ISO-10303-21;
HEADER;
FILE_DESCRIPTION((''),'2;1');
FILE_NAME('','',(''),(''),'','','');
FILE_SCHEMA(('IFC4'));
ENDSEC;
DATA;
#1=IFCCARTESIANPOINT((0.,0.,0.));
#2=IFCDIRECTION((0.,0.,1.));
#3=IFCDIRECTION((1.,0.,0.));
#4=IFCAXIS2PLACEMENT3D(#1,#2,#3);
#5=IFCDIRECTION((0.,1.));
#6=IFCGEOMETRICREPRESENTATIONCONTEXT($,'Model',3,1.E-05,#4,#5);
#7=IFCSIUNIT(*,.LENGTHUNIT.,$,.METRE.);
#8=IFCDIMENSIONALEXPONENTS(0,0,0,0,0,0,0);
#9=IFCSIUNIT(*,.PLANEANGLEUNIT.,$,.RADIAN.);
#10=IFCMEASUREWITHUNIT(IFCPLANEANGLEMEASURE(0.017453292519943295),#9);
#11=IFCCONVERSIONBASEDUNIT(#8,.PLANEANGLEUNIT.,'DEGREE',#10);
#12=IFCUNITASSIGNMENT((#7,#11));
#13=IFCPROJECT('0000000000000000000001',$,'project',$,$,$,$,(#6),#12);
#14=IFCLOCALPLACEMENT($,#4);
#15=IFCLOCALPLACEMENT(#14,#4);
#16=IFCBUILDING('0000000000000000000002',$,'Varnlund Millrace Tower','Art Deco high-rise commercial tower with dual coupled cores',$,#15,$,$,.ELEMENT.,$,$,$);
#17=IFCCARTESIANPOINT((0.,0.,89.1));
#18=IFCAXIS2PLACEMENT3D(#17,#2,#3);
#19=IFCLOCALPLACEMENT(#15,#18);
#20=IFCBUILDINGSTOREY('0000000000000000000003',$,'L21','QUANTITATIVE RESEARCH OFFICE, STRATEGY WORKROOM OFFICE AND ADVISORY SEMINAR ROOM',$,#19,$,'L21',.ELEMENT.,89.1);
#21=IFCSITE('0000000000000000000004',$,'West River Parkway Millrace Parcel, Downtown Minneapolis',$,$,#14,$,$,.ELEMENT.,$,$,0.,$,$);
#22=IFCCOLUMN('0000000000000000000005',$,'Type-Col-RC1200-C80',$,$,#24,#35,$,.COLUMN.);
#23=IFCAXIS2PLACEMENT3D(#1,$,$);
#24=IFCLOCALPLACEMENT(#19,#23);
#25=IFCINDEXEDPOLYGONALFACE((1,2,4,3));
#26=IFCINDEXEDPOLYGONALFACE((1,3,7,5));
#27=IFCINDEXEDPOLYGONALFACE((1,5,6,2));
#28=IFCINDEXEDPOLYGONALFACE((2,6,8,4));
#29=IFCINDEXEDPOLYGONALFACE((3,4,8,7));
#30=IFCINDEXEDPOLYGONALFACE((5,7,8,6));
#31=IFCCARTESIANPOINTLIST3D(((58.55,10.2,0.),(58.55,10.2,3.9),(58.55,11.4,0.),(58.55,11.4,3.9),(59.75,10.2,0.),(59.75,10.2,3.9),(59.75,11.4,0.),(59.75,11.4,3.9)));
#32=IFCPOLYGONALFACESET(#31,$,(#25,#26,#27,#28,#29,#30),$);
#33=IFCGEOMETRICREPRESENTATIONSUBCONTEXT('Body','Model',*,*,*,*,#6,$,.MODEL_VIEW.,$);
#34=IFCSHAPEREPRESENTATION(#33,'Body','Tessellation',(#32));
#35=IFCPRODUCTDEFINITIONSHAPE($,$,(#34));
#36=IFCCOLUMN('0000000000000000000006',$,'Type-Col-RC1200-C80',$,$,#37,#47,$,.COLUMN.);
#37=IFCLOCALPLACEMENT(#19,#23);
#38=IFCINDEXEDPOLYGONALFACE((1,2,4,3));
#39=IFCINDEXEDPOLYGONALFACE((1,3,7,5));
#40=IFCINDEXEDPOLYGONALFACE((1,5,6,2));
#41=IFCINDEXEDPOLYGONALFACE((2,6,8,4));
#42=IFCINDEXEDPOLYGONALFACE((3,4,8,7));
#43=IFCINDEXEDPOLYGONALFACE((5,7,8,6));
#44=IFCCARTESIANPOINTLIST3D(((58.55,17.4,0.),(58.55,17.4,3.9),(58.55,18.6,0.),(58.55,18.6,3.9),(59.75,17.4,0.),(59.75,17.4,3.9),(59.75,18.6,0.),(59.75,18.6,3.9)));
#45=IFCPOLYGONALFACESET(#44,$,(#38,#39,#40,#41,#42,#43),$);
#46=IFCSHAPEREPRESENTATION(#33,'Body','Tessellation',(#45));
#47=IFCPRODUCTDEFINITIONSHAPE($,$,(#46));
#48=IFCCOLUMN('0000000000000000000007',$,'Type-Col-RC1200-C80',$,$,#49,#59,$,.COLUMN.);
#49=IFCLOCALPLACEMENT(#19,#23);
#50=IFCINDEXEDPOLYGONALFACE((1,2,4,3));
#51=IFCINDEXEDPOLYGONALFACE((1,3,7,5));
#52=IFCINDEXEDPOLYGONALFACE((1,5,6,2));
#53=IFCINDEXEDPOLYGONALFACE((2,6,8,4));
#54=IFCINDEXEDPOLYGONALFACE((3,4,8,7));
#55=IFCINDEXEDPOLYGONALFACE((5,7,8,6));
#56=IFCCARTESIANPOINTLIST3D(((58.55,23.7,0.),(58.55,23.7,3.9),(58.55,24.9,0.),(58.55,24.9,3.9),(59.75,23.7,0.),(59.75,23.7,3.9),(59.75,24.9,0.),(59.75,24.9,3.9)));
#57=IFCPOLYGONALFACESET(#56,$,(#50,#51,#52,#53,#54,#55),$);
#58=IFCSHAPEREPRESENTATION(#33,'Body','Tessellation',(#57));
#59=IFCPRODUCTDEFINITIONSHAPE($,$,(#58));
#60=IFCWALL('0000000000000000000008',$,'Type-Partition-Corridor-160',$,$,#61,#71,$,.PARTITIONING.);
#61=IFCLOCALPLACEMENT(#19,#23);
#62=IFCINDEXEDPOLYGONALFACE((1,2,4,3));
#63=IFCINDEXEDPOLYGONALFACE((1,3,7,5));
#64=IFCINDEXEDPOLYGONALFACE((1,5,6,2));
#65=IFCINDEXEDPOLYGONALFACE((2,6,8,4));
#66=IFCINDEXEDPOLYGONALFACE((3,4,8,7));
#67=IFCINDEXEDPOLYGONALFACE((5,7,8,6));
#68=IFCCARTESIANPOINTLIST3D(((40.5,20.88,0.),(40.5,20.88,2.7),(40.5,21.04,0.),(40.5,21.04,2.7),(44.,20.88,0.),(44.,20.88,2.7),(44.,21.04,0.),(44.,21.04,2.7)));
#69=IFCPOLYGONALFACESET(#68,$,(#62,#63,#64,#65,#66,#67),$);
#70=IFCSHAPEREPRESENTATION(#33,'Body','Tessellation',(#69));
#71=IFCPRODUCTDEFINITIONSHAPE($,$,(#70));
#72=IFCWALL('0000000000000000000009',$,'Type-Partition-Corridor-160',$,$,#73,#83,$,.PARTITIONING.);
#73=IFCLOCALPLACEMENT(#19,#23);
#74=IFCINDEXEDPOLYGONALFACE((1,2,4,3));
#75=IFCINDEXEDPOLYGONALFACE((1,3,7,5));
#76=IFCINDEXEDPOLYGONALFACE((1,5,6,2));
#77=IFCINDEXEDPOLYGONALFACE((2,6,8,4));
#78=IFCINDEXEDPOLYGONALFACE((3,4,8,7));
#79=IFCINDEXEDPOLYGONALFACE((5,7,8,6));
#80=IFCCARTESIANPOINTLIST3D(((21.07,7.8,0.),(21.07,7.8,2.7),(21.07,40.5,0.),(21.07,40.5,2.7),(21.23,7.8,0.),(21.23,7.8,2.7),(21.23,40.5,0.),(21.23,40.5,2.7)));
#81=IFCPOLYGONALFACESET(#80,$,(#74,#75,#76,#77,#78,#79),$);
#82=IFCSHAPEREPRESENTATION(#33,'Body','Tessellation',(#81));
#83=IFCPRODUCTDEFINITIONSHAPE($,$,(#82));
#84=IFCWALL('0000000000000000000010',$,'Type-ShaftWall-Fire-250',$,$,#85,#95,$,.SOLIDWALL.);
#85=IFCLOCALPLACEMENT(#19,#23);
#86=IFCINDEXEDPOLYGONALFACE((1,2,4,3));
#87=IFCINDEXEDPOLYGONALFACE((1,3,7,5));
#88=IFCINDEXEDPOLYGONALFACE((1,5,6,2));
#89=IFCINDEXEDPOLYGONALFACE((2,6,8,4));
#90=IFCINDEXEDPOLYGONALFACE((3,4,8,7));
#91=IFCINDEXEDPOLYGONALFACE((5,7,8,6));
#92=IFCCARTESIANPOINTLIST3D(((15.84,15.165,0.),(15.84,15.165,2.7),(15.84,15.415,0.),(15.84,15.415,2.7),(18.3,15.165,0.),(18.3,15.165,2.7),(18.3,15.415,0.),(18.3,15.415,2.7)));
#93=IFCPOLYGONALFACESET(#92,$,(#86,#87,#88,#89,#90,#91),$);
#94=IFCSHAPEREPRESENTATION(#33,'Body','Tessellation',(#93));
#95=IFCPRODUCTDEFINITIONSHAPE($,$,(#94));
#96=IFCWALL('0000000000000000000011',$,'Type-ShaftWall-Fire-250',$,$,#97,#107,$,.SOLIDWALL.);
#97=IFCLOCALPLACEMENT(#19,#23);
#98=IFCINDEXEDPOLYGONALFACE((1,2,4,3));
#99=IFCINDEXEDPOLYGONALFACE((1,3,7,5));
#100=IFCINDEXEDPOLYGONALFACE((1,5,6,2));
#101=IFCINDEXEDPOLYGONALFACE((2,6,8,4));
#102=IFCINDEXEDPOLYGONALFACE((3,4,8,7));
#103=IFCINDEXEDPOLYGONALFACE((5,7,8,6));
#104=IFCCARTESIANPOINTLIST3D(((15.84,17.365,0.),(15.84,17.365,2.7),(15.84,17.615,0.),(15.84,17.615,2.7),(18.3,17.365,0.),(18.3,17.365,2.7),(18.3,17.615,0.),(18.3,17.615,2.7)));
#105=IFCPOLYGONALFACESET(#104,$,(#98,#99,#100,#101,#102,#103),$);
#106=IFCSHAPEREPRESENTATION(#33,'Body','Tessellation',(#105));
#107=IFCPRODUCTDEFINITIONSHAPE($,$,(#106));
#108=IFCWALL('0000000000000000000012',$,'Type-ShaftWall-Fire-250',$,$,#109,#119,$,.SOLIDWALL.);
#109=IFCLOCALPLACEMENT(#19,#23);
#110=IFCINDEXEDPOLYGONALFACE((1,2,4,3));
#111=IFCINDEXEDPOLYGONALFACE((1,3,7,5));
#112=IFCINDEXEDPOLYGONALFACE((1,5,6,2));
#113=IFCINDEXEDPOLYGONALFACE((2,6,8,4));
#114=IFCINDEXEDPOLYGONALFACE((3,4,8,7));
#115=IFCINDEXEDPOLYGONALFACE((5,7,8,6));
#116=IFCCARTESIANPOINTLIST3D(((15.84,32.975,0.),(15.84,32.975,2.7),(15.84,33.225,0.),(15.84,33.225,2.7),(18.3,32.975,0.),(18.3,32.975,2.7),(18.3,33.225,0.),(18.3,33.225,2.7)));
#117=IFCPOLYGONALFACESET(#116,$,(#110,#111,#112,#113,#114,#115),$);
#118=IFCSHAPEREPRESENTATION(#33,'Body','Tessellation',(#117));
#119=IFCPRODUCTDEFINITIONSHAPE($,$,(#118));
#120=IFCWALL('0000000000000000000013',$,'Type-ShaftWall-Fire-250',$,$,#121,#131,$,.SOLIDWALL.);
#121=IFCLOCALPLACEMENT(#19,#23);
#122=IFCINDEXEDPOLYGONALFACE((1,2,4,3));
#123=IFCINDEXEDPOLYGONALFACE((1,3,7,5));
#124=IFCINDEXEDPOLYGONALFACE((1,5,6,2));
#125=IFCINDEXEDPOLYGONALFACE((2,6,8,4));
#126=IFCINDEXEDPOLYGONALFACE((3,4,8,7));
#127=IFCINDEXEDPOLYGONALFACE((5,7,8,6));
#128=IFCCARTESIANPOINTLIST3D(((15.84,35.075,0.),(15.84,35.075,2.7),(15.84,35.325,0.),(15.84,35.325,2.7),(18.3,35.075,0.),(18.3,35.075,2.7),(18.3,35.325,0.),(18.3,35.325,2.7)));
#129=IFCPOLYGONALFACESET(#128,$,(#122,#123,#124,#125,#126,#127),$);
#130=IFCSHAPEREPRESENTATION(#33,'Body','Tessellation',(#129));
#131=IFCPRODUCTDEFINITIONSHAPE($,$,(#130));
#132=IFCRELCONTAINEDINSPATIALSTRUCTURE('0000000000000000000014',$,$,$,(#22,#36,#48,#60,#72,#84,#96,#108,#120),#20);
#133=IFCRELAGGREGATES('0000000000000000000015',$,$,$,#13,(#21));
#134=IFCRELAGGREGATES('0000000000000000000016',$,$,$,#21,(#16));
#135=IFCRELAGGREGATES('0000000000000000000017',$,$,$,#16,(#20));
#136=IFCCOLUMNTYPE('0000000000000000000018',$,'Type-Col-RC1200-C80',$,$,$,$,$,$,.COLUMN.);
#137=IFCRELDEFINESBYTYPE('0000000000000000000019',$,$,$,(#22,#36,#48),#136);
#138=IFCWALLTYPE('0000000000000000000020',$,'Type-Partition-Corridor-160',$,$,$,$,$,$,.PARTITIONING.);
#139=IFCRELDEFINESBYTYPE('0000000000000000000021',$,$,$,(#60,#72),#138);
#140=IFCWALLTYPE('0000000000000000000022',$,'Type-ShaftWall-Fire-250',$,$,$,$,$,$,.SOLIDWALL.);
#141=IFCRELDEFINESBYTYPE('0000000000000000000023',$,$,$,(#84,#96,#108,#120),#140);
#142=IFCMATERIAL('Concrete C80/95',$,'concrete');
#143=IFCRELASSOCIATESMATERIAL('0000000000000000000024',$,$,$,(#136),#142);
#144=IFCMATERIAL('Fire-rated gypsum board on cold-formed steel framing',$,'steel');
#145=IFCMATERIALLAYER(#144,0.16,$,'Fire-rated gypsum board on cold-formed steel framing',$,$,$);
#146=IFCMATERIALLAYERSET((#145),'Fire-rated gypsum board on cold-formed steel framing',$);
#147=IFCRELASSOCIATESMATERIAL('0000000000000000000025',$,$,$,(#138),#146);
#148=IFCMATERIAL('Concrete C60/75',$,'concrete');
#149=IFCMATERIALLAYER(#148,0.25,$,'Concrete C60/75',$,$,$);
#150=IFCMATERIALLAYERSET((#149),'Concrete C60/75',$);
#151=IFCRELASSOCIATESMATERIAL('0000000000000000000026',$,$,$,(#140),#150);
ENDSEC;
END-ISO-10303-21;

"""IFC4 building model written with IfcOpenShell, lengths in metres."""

from ifc_helpers import new_model, entity, si_unit, converted_unit, direction, frame, origin_with_axes, origin_2d_with_axis, place, context, subcontext, project, spatial, polyline, rectangle, outline, extrude, material, layer, layer_set, material_profile, profile_set, type_object, element, save


model = new_model("IFC4")

# Units and contexts
model_context = context("Model", 3, precision=1e-05, world=origin_with_axes(), true_north=direction((0.0, 1.0)))
body_context = subcontext(model_context, "Body", "Model", "MODEL_VIEW")
ifc_project = project(units=[si_unit("LENGTHUNIT", "METRE"), converted_unit("PLANEANGLEUNIT", "DEGREE", entity("IfcPlaneAngleMeasure", 0.017453292519943295), si_unit("PLANEANGLEUNIT", "RADIAN"), dimensions=[0, 0, 0, 0, 0, 0, 0])], contexts=[model_context])

# Site, building, storey
site_placement = place(None, origin_with_axes())
site = spatial("IfcSite", under=ifc_project, at=site_placement, Name="West River Parkway Millrace Parcel, Downtown Minneapolis", CompositionType="ELEMENT", RefElevation=0.0)
building_placement = place(site_placement, origin_with_axes())
building = spatial("IfcBuilding", under=site, at=building_placement, Name="Varnlund Millrace Tower", Description="Art Deco high-rise commercial tower with dual coupled cores", CompositionType="ELEMENT")
storey_placement = place(building_placement, frame((0.0, 0.0, 89.1), z_axis=(0.0, 0.0, 1.0), x_axis=(1.0, 0.0, 0.0)))
storey = spatial("IfcBuildingStorey", under=building, at=storey_placement, Name="L21", Description="QUANTITATIVE RESEARCH OFFICE, STRATEGY WORKROOM OFFICE AND ADVISORY SEMINAR ROOM", LongName="L21", CompositionType="ELEMENT", Elevation=89.1)

# Columns
ifc_material_1 = material(Name="Concrete C80/95", Category="concrete")
ifc_material_profile = material_profile(ifc_material_1, rectangle(XDim=1.2, YDim=1.2, at=origin_2d_with_axis()), Name="Concrete C80/95")
ifc_profile_set = profile_set([ifc_material_profile], Name="Concrete C80/95")
column_type = type_object("IfcColumnType", Name="Type-Col-RC1200-C80", PredefinedType="COLUMN", material=ifc_profile_set)
for number, where, z_axis, x_axis, name in (
    (1, (59.15, 10.8, 0.0), (0.0, 0.0, 1.0), (1.0, 0.0, 0.0), "Type-Col-RC1200-C80"),
    (2, (59.15, 18.0, 0.0), (0.0, 0.0, 1.0), (1.0, 0.0, 0.0), "Type-Col-RC1200-C80"),
    (3, (59.15, 24.3, 0.0), (0.0, 0.0, 1.0), (1.0, 0.0, 0.0), "Type-Col-RC1200-C80"),
):
    element("IfcColumn", number, at=place(storey_placement, frame(where, z_axis=z_axis, x_axis=x_axis)), inside=storey, type_object=column_type, Name=name, PredefinedType="COLUMN", context=body_context, shape_type="SweptSolid", body=[
        extrude(rectangle(XDim=1.2, YDim=1.2, at=origin_2d_with_axis()), origin_with_axes(), (0.0, 0.0, 1.0), 3.9),
    ])

# Walls
ifc_material_2 = material(Name="Fire-rated gypsum board on cold-formed steel framing", Category="steel")
ifc_layer_1 = layer(ifc_material_2, 0.16, Name="Fire-rated gypsum board on cold-formed steel framing")
ifc_layer_set_1 = layer_set([ifc_layer_1], Name="Fire-rated gypsum board on cold-formed steel framing")
wall_type_1 = type_object("IfcWallType", Name="Type-Partition-Corridor-160", PredefinedType="PARTITIONING", material=ifc_layer_set_1)
wall_1_placement = place(storey_placement, frame((40.5, 20.96, 0.0), z_axis=(0.0, 0.0, 1.0), x_axis=(1.0, 0.0, 0.0)))
element("IfcWall", 4, at=wall_1_placement, inside=storey, type_object=wall_type_1, Name="Type-Partition-Corridor-160", PredefinedType="PARTITIONING", context=body_context, shape_type="SweptSolid", body=[
    extrude(outline(polyline([(0.0, -0.08), (3.5, -0.08), (3.5, 0.08), (0.0, 0.08), (0.0, -0.08)])), origin_with_axes(), (0.0, 0.0, 1.0), 2.7),
])
wall_2_placement = place(storey_placement, frame((21.15, 7.8, 0.0), z_axis=(0.0, 0.0, 1.0), x_axis=(0.0, 1.0, 0.0)))
element("IfcWall", 5, at=wall_2_placement, inside=storey, type_object=wall_type_1, Name="Type-Partition-Corridor-160", PredefinedType="PARTITIONING", context=body_context, shape_type="SweptSolid", body=[
    extrude(outline(polyline([(0.0, -0.08), (32.7, -0.08), (32.7, 0.08), (0.0, 0.08), (0.0, -0.08)])), origin_with_axes(), (0.0, 0.0, 1.0), 2.7),
])
ifc_material_3 = material(Name="Concrete C60/75", Category="concrete")
ifc_layer_2 = layer(ifc_material_3, 0.25, Name="Concrete C60/75")
ifc_layer_set_2 = layer_set([ifc_layer_2], Name="Concrete C60/75")
wall_type_2 = type_object("IfcWallType", Name="Type-ShaftWall-Fire-250", PredefinedType="SOLIDWALL", material=ifc_layer_set_2)
for number, where, z_axis, x_axis, name in (
    (6, (15.84, 15.29, 0.0), (0.0, 0.0, 1.0), (1.0, 0.0, 0.0), "Type-ShaftWall-Fire-250"),
    (7, (15.84, 17.49, 0.0), (0.0, 0.0, 1.0), (1.0, 0.0, 0.0), "Type-ShaftWall-Fire-250"),
    (8, (15.84, 33.1, 0.0), (0.0, 0.0, 1.0), (1.0, 0.0, 0.0), "Type-ShaftWall-Fire-250"),
    (9, (15.84, 35.2, 0.0), (0.0, 0.0, 1.0), (1.0, 0.0, 0.0), "Type-ShaftWall-Fire-250"),
):
    element("IfcWall", number, at=place(storey_placement, frame(where, z_axis=z_axis, x_axis=x_axis)), inside=storey, type_object=wall_type_2, Name=name, PredefinedType="SOLIDWALL", context=body_context, shape_type="SweptSolid", body=[
        extrude(outline(polyline([(0.0, -0.125), (2.46, -0.125), (2.46, 0.125), (0.0, 0.125), (0.0, -0.125)])), origin_with_axes(), (0.0, 0.0, 1.0), 2.7),
    ])

save(model, "model.ifc")
